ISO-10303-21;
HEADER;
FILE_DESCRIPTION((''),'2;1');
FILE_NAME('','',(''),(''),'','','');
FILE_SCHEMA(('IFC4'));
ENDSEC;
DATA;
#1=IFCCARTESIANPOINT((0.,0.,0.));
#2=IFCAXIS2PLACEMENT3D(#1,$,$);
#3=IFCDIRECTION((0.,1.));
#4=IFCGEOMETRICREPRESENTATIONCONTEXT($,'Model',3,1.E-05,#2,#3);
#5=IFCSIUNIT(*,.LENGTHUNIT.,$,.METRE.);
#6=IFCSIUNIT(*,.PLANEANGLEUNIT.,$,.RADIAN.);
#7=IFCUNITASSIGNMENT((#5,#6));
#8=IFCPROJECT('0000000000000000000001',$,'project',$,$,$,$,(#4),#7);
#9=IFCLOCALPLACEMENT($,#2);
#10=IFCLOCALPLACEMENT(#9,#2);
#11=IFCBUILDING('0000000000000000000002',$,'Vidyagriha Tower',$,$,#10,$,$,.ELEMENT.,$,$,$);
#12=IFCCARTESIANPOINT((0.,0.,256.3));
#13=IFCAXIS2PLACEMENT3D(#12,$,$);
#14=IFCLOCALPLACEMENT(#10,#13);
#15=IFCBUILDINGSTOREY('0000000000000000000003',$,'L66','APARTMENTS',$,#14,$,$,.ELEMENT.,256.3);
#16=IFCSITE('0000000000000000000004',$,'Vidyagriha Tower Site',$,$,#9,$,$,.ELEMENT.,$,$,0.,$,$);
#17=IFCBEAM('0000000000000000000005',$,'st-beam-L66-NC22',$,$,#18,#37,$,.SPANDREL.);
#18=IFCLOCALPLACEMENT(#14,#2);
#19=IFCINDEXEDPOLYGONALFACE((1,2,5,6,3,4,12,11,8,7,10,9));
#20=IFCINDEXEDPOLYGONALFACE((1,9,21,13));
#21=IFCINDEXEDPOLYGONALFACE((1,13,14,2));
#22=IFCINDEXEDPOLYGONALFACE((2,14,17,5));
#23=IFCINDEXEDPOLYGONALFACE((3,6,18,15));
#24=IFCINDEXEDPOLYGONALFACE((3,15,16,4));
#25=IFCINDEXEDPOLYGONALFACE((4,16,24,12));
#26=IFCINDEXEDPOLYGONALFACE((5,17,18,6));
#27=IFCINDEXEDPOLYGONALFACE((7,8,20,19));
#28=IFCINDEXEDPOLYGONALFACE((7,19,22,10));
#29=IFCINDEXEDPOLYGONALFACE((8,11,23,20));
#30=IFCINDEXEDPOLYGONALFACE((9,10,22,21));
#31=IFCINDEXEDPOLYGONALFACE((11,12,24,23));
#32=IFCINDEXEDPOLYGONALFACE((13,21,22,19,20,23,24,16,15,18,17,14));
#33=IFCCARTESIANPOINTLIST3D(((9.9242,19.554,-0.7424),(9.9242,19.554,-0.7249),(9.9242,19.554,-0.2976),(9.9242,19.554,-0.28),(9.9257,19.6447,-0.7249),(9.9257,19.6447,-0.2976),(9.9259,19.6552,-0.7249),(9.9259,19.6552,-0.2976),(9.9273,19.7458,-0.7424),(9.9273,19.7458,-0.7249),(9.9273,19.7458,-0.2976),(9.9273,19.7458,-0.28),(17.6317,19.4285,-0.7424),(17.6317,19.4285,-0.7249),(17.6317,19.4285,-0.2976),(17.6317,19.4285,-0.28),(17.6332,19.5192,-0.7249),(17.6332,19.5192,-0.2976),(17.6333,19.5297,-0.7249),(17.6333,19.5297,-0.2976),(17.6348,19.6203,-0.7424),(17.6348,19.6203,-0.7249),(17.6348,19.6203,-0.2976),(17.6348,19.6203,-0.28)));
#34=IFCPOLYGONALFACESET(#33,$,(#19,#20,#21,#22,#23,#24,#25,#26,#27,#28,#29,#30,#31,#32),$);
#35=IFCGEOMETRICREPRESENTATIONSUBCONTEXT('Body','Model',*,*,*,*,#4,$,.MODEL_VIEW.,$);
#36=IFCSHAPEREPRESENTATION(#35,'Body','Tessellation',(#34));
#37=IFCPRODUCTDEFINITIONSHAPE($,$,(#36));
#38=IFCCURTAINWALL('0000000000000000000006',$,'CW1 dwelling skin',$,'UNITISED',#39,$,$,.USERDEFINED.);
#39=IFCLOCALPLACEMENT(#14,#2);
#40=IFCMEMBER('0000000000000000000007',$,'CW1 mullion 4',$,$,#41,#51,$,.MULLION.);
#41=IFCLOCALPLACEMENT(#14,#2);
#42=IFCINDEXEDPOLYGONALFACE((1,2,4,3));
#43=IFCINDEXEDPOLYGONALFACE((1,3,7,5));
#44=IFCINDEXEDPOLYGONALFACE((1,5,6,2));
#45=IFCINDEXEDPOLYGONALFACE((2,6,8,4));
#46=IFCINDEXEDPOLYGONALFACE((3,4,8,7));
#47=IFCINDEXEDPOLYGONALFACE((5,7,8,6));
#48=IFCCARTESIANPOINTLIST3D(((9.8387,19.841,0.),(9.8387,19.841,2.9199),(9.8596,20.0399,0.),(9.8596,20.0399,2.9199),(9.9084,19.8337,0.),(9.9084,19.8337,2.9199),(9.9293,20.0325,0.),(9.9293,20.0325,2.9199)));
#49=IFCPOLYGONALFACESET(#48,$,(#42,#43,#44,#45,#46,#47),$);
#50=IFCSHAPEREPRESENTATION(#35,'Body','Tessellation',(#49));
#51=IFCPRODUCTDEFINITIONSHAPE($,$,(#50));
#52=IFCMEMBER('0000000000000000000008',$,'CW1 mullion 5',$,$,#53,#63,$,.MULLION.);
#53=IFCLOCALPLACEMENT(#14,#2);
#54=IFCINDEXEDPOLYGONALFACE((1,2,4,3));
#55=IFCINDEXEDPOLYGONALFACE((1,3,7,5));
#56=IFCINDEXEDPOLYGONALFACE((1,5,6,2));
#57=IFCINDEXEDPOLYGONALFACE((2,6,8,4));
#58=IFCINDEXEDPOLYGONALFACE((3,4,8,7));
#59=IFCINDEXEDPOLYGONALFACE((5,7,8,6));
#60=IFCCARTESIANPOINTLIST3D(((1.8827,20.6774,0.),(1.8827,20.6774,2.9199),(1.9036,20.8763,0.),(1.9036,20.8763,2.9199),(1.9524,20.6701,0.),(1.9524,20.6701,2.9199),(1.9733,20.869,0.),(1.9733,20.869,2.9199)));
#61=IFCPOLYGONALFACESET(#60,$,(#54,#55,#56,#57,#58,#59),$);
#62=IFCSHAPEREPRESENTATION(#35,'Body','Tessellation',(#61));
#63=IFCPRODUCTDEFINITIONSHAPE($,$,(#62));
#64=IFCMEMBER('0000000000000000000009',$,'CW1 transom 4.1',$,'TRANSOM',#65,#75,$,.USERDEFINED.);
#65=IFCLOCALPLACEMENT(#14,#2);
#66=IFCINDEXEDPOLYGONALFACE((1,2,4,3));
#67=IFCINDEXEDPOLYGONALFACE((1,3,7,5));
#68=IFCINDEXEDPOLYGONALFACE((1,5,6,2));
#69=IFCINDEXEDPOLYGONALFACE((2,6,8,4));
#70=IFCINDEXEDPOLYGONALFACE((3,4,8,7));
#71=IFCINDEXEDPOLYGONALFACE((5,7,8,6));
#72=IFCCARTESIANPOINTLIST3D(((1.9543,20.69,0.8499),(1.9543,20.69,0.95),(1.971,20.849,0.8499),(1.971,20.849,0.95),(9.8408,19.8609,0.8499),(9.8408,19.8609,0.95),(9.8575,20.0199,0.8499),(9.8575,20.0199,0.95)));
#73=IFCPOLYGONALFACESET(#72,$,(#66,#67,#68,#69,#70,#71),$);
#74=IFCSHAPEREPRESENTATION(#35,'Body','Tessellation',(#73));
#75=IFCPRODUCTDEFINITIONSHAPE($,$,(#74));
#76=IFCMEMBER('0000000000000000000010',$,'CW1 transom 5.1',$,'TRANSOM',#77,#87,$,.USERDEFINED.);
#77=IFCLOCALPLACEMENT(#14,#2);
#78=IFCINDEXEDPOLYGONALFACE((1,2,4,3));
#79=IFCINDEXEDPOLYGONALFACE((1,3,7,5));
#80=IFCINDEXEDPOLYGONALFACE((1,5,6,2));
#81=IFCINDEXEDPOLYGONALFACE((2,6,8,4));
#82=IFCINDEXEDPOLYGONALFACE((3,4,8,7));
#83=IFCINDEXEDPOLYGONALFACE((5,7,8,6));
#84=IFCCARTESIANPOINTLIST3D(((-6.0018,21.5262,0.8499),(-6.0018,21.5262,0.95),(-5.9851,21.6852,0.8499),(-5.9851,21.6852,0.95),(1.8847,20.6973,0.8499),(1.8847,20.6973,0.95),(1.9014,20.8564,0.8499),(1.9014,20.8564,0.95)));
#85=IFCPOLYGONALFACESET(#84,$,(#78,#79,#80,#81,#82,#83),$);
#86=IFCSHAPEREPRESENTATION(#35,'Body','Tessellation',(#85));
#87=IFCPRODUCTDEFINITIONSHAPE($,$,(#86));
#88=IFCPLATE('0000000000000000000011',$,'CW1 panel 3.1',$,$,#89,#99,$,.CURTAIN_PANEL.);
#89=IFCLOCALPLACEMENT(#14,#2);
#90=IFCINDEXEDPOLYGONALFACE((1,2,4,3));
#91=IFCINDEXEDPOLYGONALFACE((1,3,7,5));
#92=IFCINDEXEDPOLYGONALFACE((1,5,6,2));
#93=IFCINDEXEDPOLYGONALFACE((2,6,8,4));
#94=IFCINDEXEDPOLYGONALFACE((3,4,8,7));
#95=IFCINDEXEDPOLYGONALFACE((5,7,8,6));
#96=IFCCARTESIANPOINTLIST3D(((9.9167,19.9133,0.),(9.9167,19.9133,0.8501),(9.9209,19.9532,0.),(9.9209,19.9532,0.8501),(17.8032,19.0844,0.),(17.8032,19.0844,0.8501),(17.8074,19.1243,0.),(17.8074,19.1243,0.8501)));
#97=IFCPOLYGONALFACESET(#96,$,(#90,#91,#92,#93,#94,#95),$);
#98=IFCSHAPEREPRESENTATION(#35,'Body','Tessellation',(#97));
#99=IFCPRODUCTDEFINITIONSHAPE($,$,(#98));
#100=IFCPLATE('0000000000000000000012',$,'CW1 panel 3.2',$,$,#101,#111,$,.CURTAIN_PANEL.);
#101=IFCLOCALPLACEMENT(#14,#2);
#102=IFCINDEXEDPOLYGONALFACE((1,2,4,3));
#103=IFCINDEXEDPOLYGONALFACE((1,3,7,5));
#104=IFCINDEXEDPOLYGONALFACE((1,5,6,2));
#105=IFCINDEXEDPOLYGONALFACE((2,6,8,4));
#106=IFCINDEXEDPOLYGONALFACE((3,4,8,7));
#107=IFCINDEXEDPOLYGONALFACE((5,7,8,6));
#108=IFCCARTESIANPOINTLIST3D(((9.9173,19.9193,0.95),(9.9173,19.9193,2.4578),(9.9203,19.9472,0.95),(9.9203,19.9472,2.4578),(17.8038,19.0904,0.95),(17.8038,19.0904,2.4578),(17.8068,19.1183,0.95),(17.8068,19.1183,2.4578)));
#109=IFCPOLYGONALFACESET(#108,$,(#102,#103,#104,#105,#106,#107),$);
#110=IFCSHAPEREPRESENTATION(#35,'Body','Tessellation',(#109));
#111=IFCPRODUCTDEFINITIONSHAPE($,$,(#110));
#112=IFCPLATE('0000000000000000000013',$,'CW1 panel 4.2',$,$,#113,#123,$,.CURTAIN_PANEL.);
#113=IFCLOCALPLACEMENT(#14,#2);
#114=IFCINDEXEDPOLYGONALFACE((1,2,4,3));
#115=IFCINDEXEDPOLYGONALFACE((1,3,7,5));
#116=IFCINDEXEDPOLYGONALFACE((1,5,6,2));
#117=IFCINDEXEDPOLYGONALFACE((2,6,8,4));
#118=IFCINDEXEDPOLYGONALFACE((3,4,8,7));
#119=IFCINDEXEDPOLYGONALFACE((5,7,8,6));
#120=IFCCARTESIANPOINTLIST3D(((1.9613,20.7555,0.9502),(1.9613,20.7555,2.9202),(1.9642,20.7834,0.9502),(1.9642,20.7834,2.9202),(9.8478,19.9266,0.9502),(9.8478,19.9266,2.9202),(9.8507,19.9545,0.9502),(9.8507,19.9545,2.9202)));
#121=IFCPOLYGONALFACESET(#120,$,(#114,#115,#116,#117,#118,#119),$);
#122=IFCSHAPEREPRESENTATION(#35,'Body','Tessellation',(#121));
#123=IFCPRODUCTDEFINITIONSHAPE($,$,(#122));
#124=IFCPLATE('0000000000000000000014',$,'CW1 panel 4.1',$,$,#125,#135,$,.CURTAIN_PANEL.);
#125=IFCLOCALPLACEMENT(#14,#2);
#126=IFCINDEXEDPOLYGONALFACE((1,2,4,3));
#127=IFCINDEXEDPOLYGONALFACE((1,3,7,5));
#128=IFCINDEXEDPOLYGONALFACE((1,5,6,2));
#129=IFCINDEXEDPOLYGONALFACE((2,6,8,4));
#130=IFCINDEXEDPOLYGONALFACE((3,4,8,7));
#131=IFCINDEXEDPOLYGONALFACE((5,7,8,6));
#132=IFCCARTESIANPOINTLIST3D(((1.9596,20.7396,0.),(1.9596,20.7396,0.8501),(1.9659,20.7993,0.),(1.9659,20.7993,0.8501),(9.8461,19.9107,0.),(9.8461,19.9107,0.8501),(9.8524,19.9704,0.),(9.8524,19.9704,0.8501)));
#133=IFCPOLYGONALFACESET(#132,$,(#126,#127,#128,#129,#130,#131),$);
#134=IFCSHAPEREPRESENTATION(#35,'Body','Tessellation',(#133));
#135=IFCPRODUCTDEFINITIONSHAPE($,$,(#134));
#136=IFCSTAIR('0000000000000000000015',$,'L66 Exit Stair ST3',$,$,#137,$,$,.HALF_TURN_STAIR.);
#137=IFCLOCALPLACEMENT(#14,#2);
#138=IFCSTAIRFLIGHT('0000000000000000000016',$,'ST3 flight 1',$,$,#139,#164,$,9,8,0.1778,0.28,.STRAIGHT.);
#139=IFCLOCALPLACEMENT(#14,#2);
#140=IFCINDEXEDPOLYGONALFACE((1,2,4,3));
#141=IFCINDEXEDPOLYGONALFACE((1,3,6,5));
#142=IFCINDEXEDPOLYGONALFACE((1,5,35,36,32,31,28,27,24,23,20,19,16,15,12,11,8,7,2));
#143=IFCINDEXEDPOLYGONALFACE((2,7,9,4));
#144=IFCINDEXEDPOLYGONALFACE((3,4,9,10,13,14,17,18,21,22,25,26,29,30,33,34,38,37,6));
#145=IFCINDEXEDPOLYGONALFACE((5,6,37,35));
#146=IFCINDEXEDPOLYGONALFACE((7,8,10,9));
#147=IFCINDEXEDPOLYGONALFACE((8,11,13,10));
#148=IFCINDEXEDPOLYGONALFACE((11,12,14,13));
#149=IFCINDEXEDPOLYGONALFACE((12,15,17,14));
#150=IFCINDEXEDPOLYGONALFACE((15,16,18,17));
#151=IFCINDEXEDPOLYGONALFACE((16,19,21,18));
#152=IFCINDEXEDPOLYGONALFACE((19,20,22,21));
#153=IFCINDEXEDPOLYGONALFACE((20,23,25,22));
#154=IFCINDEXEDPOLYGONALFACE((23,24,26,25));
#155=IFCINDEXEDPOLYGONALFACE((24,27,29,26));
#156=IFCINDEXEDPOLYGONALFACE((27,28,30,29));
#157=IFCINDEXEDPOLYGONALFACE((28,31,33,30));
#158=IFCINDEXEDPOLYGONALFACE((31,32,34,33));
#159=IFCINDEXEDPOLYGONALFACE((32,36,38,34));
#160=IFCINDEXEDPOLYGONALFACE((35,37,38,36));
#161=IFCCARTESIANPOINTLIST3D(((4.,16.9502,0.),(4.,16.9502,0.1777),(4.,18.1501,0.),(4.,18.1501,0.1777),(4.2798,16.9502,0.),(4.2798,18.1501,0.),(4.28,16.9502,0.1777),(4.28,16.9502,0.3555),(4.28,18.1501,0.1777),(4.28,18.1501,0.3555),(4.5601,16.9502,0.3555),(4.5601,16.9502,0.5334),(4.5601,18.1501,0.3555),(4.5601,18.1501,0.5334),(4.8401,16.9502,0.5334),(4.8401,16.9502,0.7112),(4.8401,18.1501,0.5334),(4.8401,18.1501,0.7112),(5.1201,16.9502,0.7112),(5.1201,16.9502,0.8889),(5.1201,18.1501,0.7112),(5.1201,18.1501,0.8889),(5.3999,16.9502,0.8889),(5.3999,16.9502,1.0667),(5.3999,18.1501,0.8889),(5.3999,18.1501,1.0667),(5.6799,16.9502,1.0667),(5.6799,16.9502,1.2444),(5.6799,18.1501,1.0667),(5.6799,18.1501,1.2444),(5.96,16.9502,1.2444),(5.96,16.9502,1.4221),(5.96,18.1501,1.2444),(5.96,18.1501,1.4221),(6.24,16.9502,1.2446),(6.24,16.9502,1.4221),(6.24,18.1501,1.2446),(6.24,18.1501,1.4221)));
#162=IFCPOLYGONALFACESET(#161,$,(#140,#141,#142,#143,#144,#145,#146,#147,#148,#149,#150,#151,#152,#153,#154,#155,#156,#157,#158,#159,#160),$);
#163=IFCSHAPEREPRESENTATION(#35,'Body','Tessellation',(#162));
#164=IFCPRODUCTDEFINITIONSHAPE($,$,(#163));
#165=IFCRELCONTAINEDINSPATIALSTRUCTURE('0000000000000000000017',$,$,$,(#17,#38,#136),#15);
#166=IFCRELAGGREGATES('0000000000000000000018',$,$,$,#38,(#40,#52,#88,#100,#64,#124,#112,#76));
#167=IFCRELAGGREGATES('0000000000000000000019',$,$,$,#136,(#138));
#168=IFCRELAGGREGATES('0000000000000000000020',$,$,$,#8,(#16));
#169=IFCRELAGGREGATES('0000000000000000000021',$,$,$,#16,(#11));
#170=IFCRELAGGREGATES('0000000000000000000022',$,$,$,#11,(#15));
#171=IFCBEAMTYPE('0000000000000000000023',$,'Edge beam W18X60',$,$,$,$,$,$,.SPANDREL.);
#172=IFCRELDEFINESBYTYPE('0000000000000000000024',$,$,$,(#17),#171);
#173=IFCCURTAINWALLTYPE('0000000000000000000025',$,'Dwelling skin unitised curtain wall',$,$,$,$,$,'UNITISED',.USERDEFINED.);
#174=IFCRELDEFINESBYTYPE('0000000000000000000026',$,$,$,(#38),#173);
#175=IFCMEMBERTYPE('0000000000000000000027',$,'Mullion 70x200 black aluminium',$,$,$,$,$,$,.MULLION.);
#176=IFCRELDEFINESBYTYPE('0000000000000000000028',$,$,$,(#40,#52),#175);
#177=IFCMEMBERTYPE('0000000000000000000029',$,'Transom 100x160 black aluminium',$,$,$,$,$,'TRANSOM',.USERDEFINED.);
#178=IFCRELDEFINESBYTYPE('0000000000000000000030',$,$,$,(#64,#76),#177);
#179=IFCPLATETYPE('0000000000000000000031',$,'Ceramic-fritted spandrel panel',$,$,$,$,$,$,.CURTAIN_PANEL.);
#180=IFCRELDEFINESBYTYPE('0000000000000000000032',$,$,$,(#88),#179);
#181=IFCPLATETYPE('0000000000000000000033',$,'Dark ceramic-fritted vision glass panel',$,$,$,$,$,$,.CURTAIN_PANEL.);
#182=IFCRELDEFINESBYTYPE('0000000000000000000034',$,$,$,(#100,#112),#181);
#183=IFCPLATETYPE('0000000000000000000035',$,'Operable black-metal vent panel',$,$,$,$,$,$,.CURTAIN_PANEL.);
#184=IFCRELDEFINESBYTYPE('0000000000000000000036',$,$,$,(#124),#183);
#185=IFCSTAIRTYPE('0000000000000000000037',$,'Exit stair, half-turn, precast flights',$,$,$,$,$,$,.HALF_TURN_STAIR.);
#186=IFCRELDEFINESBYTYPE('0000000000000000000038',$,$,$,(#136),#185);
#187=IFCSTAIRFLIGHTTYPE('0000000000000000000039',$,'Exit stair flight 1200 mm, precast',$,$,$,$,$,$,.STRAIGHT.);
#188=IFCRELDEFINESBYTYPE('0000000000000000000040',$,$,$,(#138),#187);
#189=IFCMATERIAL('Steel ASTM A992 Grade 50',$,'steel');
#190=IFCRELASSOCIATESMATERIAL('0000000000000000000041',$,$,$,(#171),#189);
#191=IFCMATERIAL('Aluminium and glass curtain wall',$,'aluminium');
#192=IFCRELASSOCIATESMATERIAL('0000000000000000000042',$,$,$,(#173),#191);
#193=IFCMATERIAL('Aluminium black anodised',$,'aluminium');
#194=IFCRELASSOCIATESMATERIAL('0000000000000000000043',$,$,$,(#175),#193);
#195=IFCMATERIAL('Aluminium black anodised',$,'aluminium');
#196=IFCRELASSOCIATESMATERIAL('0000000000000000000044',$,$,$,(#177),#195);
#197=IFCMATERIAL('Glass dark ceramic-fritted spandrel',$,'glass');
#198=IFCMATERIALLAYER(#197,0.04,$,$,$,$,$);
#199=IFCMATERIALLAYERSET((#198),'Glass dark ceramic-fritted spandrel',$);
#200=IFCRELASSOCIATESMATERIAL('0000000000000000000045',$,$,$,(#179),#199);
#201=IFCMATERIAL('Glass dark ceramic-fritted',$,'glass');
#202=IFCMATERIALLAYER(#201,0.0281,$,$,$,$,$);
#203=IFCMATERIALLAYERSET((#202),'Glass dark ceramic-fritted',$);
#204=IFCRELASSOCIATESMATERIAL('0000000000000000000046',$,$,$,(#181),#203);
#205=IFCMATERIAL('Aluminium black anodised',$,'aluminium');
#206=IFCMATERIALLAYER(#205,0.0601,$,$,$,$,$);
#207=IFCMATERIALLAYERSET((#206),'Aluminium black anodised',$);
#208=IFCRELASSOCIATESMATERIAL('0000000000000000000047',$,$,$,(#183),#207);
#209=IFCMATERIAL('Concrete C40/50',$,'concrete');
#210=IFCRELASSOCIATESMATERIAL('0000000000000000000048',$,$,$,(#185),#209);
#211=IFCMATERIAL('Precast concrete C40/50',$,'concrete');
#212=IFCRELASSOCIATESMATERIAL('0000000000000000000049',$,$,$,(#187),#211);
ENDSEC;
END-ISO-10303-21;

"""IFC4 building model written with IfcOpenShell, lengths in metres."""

from ifc_helpers import new_model, si_unit, direction, frame, origin, origin_2d, place, context, subcontext, project, spatial, polyline, rectangle, i_section, outline, extrude, material, layer, layer_set, material_profile, profile_set, type_object, element, aggregate, save


model = new_model("IFC4")

# Units and contexts
model_context = context("Model", 3, precision=1e-05, world=origin(), true_north=direction((0.0, 1.0)))
body_context = subcontext(model_context, "Body", "Model", "MODEL_VIEW")
ifc_project = project(units=[si_unit("LENGTHUNIT", "METRE"), si_unit("PLANEANGLEUNIT", "RADIAN")], contexts=[model_context])

# Site, building, storey
site_placement = place(None, origin())
site = spatial("IfcSite", under=ifc_project, at=site_placement, Name="Vidyagriha Tower Site", CompositionType="ELEMENT", RefElevation=0.0)
building_placement = place(site_placement, origin())
building = spatial("IfcBuilding", under=site, at=building_placement, Name="Vidyagriha Tower", CompositionType="ELEMENT")
storey_placement = place(building_placement, frame((0.0, 0.0, 256.3)))
storey = spatial("IfcBuildingStorey", under=building, at=storey_placement, Name="L66", Description="APARTMENTS", CompositionType="ELEMENT", Elevation=256.3)

# Beam
ifc_material_1 = material(Name="Steel ASTM A992 Grade 50", Category="steel")
ifc_material_profile_1 = material_profile(ifc_material_1, i_section(OverallWidth=0.1919, OverallDepth=0.4624, WebThickness=0.0105, FlangeThickness=0.0176, at=origin_2d()), Name="W18X60")
ifc_profile_set_1 = profile_set([ifc_material_profile_1], Name="Steel ASTM A992 Grade 50")
beam_type = type_object("IfcBeamType", Name="Edge beam W18X60", PredefinedType="SPANDREL", material=ifc_profile_set_1)
beam_placement = place(storey_placement, frame((9.9258, 19.6499, -0.5112), z_axis=(0.999867, -0.016279, 0.0), x_axis=(0.016279, 0.999867, 0.0)))
element("IfcBeam", 1, at=beam_placement, inside=storey, type_object=beam_type, Name="st-beam-L66-NC22", PredefinedType="SPANDREL", context=body_context, shape_type="SweptSolid", body=[
    extrude(i_section(OverallWidth=0.1919, OverallDepth=0.4624, WebThickness=0.0105, FlangeThickness=0.0176, at=origin_2d()), origin(), (0.0, 0.0, 1.0), 7.7085),
])

# Curtain wall, members, plates
ifc_material_2 = material(Name="Aluminium and glass curtain wall", Category="aluminium")
curtain_wall_type = type_object("IfcCurtainWallType", Name="Dwelling skin unitised curtain wall", ElementType="UNITISED", PredefinedType="USERDEFINED", material=ifc_material_2)
curtain_wall_placement = place(storey_placement, origin())
curtain_wall = element("IfcCurtainWall", 2, at=curtain_wall_placement, inside=storey, type_object=curtain_wall_type, Name="CW1 dwelling skin", ObjectType="UNITISED", PredefinedType="USERDEFINED")
ifc_material_3 = material(Name="Aluminium black anodised", Category="aluminium")
ifc_material_profile_2 = material_profile(ifc_material_3, rectangle(XDim=0.2, YDim=0.0701, at=origin_2d()), Name="Mullion 70x200 black aluminium")
ifc_profile_set_2 = profile_set([ifc_material_profile_2], Name="Aluminium black anodised")
member_type_1 = type_object("IfcMemberType", Name="Mullion 70x200 black aluminium", PredefinedType="MULLION", material=ifc_profile_set_2)
member_1_placement = place(storey_placement, frame((9.884, 19.9368, 0.0), z_axis=(0.0, 0.0, 1.0), x_axis=(-0.104529, -0.994522, 0.0)))
member_1 = element("IfcMember", 3, at=member_1_placement, type_object=member_type_1, Name="CW1 mullion 4", PredefinedType="MULLION", context=body_context, shape_type="SweptSolid", body=[
    extrude(rectangle(XDim=0.2, YDim=0.0701, at=origin_2d()), origin(), (0.0, 0.0, 1.0), 2.9199),
])
member_2_placement = place(storey_placement, frame((1.928, 20.7732, 0.0), z_axis=(0.0, 0.0, 1.0), x_axis=(-0.104529, -0.994522, 0.0)))
member_2 = element("IfcMember", 4, at=member_2_placement, type_object=member_type_1, Name="CW1 mullion 5", PredefinedType="MULLION", context=body_context, shape_type="SweptSolid", body=[
    extrude(rectangle(XDim=0.2, YDim=0.0701, at=origin_2d()), origin(), (0.0, 0.0, 1.0), 2.9199),
])
ifc_material_4 = material(Name="Aluminium black anodised", Category="aluminium")
ifc_material_profile_3 = material_profile(ifc_material_4, rectangle(XDim=0.1599, YDim=0.1001, at=origin_2d()), Name="Transom 100x160 black aluminium")
ifc_profile_set_3 = profile_set([ifc_material_profile_3], Name="Aluminium black anodised")
member_type_2 = type_object("IfcMemberType", Name="Transom 100x160 black aluminium", ElementType="TRANSOM", PredefinedType="USERDEFINED", material=ifc_profile_set_3)
member_3_placement = place(storey_placement, frame((9.8491, 19.9404, 0.8999), z_axis=(-0.994519, 0.104553, 0.0), x_axis=(-0.104553, -0.994519, 0.0)))
member_3 = element("IfcMember", 5, at=member_3_placement, type_object=member_type_2, Name="CW1 transom 4.1", ObjectType="TRANSOM", PredefinedType="USERDEFINED", context=body_context, shape_type="SweptSolid", body=[
    extrude(rectangle(XDim=0.1599, YDim=0.1001, at=origin_2d()), origin(), (0.0, 0.0, 1.0), 7.9299),
])
member_4_placement = place(storey_placement, frame((1.8931, 20.7769, 0.8999), z_axis=(-0.994522, 0.104523, 0.0), x_axis=(-0.104523, -0.994522, 0.0)))
member_4 = element("IfcMember", 6, at=member_4_placement, type_object=member_type_2, Name="CW1 transom 5.1", ObjectType="TRANSOM", PredefinedType="USERDEFINED", context=body_context, shape_type="SweptSolid", body=[
    extrude(rectangle(XDim=0.1599, YDim=0.1001, at=origin_2d()), origin(), (0.0, 0.0, 1.0), 7.9299),
])
ifc_material_5 = material(Name="Glass dark ceramic-fritted spandrel", Category="glass")
ifc_layer_1 = layer(ifc_material_5, 0.04)
ifc_layer_set_1 = layer_set([ifc_layer_1], Name="Glass dark ceramic-fritted spandrel")
plate_type_1 = type_object("IfcPlateType", Name="Ceramic-fritted spandrel panel", PredefinedType="CURTAIN_PANEL", material=ifc_layer_set_1)
plate_1_placement = place(storey_placement, frame((13.8621, 19.5188, 0.0), z_axis=(0.0, 0.0, 1.0), x_axis=(-0.994522, 0.104529, 0.0)))
plate_1 = element("IfcPlate", 7, at=plate_1_placement, type_object=plate_type_1, Name="CW1 panel 3.1", PredefinedType="CURTAIN_PANEL", context=body_context, shape_type="SweptSolid", body=[
    extrude(rectangle(XDim=7.9299, YDim=0.04, at=origin_2d()), origin(), (0.0, 0.0, 1.0), 0.8501),
])
ifc_material_6 = material(Name="Glass dark ceramic-fritted", Category="glass")
ifc_layer_2 = layer(ifc_material_6, 0.0281)
ifc_layer_set_2 = layer_set([ifc_layer_2], Name="Glass dark ceramic-fritted")
plate_type_2 = type_object("IfcPlateType", Name="Dark ceramic-fritted vision glass panel", PredefinedType="CURTAIN_PANEL", material=ifc_layer_set_2)
plate_2_placement = place(storey_placement, frame((13.8621, 19.5188, 0.95), z_axis=(0.0, 0.0, 1.0), x_axis=(-0.994522, 0.104529, 0.0)))
plate_2 = element("IfcPlate", 8, at=plate_2_placement, type_object=plate_type_2, Name="CW1 panel 3.2", PredefinedType="CURTAIN_PANEL", context=body_context, shape_type="SweptSolid", body=[
    extrude(rectangle(XDim=7.9299, YDim=0.0281, at=origin_2d()), origin(), (0.0, 0.0, 1.0), 1.5078),
])
plate_3_placement = place(storey_placement, frame((5.906, 20.355, 0.9502), z_axis=(0.0, 0.0, 1.0), x_axis=(-0.994522, 0.104529, 0.0)))
plate_3 = element("IfcPlate", 9, at=plate_3_placement, type_object=plate_type_2, Name="CW1 panel 4.2", PredefinedType="CURTAIN_PANEL", context=body_context, shape_type="SweptSolid", body=[
    extrude(rectangle(XDim=7.9299, YDim=0.0281, at=origin_2d()), origin(), (0.0, 0.0, 1.0), 1.97),
])
ifc_material_7 = material(Name="Aluminium black anodised", Category="aluminium")
ifc_layer_3 = layer(ifc_material_7, 0.0601)
ifc_layer_set_3 = layer_set([ifc_layer_3], Name="Aluminium black anodised")
plate_type_3 = type_object("IfcPlateType", Name="Operable black-metal vent panel", PredefinedType="CURTAIN_PANEL", material=ifc_layer_set_3)
plate_4_placement = place(storey_placement, frame((5.906, 20.355, 0.0), z_axis=(0.0, 0.0, 1.0), x_axis=(-0.994522, 0.104529, 0.0)))
plate_4 = element("IfcPlate", 10, at=plate_4_placement, type_object=plate_type_3, Name="CW1 panel 4.1", PredefinedType="CURTAIN_PANEL", context=body_context, shape_type="SweptSolid", body=[
    extrude(rectangle(XDim=7.9299, YDim=0.0601, at=origin_2d()), origin(), (0.0, 0.0, 1.0), 0.8501),
])
aggregate(curtain_wall, [member_1, member_2, plate_1, plate_2, member_3, plate_4, plate_3, member_4])

# Stair, stair flight
ifc_material_8 = material(Name="Concrete C40/50", Category="concrete")
stair_type = type_object("IfcStairType", Name="Exit stair, half-turn, precast flights", PredefinedType="HALF_TURN_STAIR", material=ifc_material_8)
stair_placement = place(storey_placement, origin())
stair = element("IfcStair", 11, at=stair_placement, inside=storey, type_object=stair_type, Name="L66 Exit Stair ST3", PredefinedType="HALF_TURN_STAIR")
ifc_material_9 = material(Name="Precast concrete C40/50", Category="concrete")
stair_flight_type = type_object("IfcStairFlightType", Name="Exit stair flight 1200 mm, precast", PredefinedType="STRAIGHT", material=ifc_material_9)
stair_flight_1_placement = place(storey_placement, frame((4.0, 17.55, 0.0)))
stair_flight_1 = element("IfcStairFlight", 12, at=stair_flight_1_placement, type_object=stair_flight_type, Name="ST3 flight 1", NumberOfRisers=9, NumberOfTreads=8, PredefinedType="STRAIGHT", RiserHeight=0.1778, TreadLength=0.28, context=body_context, shape_type="SweptSolid", body=[
    extrude(outline(polyline([(0.0, 0.0), (0.0, 0.1777), (0.28, 0.1777), (0.28, 0.3555), (0.5601, 0.3555), (0.5601, 0.5334), (0.8401, 0.5334), (0.8401, 0.7112), (1.1201, 0.7112), (1.1201, 0.8889), (1.3999, 0.8889), (1.3999, 1.0667), (1.6799, 1.0667), (1.6799, 1.2444), (1.96, 1.2444), (1.96, 1.4221), (2.24, 1.4221), (2.24, 1.6001), (2.24, 1.2446), (0.2798, 0.0), (0.0, 0.0)])), frame((0.0, 0.6001, 0.0), z_axis=(0.0, -1.0, 0.0), x_axis=(1.0, 0.0, 0.0)), (0.0, 0.0, 1.0), 1.2),
])
aggregate(stair, [stair_flight_1])

save(model, "model.ifc")
